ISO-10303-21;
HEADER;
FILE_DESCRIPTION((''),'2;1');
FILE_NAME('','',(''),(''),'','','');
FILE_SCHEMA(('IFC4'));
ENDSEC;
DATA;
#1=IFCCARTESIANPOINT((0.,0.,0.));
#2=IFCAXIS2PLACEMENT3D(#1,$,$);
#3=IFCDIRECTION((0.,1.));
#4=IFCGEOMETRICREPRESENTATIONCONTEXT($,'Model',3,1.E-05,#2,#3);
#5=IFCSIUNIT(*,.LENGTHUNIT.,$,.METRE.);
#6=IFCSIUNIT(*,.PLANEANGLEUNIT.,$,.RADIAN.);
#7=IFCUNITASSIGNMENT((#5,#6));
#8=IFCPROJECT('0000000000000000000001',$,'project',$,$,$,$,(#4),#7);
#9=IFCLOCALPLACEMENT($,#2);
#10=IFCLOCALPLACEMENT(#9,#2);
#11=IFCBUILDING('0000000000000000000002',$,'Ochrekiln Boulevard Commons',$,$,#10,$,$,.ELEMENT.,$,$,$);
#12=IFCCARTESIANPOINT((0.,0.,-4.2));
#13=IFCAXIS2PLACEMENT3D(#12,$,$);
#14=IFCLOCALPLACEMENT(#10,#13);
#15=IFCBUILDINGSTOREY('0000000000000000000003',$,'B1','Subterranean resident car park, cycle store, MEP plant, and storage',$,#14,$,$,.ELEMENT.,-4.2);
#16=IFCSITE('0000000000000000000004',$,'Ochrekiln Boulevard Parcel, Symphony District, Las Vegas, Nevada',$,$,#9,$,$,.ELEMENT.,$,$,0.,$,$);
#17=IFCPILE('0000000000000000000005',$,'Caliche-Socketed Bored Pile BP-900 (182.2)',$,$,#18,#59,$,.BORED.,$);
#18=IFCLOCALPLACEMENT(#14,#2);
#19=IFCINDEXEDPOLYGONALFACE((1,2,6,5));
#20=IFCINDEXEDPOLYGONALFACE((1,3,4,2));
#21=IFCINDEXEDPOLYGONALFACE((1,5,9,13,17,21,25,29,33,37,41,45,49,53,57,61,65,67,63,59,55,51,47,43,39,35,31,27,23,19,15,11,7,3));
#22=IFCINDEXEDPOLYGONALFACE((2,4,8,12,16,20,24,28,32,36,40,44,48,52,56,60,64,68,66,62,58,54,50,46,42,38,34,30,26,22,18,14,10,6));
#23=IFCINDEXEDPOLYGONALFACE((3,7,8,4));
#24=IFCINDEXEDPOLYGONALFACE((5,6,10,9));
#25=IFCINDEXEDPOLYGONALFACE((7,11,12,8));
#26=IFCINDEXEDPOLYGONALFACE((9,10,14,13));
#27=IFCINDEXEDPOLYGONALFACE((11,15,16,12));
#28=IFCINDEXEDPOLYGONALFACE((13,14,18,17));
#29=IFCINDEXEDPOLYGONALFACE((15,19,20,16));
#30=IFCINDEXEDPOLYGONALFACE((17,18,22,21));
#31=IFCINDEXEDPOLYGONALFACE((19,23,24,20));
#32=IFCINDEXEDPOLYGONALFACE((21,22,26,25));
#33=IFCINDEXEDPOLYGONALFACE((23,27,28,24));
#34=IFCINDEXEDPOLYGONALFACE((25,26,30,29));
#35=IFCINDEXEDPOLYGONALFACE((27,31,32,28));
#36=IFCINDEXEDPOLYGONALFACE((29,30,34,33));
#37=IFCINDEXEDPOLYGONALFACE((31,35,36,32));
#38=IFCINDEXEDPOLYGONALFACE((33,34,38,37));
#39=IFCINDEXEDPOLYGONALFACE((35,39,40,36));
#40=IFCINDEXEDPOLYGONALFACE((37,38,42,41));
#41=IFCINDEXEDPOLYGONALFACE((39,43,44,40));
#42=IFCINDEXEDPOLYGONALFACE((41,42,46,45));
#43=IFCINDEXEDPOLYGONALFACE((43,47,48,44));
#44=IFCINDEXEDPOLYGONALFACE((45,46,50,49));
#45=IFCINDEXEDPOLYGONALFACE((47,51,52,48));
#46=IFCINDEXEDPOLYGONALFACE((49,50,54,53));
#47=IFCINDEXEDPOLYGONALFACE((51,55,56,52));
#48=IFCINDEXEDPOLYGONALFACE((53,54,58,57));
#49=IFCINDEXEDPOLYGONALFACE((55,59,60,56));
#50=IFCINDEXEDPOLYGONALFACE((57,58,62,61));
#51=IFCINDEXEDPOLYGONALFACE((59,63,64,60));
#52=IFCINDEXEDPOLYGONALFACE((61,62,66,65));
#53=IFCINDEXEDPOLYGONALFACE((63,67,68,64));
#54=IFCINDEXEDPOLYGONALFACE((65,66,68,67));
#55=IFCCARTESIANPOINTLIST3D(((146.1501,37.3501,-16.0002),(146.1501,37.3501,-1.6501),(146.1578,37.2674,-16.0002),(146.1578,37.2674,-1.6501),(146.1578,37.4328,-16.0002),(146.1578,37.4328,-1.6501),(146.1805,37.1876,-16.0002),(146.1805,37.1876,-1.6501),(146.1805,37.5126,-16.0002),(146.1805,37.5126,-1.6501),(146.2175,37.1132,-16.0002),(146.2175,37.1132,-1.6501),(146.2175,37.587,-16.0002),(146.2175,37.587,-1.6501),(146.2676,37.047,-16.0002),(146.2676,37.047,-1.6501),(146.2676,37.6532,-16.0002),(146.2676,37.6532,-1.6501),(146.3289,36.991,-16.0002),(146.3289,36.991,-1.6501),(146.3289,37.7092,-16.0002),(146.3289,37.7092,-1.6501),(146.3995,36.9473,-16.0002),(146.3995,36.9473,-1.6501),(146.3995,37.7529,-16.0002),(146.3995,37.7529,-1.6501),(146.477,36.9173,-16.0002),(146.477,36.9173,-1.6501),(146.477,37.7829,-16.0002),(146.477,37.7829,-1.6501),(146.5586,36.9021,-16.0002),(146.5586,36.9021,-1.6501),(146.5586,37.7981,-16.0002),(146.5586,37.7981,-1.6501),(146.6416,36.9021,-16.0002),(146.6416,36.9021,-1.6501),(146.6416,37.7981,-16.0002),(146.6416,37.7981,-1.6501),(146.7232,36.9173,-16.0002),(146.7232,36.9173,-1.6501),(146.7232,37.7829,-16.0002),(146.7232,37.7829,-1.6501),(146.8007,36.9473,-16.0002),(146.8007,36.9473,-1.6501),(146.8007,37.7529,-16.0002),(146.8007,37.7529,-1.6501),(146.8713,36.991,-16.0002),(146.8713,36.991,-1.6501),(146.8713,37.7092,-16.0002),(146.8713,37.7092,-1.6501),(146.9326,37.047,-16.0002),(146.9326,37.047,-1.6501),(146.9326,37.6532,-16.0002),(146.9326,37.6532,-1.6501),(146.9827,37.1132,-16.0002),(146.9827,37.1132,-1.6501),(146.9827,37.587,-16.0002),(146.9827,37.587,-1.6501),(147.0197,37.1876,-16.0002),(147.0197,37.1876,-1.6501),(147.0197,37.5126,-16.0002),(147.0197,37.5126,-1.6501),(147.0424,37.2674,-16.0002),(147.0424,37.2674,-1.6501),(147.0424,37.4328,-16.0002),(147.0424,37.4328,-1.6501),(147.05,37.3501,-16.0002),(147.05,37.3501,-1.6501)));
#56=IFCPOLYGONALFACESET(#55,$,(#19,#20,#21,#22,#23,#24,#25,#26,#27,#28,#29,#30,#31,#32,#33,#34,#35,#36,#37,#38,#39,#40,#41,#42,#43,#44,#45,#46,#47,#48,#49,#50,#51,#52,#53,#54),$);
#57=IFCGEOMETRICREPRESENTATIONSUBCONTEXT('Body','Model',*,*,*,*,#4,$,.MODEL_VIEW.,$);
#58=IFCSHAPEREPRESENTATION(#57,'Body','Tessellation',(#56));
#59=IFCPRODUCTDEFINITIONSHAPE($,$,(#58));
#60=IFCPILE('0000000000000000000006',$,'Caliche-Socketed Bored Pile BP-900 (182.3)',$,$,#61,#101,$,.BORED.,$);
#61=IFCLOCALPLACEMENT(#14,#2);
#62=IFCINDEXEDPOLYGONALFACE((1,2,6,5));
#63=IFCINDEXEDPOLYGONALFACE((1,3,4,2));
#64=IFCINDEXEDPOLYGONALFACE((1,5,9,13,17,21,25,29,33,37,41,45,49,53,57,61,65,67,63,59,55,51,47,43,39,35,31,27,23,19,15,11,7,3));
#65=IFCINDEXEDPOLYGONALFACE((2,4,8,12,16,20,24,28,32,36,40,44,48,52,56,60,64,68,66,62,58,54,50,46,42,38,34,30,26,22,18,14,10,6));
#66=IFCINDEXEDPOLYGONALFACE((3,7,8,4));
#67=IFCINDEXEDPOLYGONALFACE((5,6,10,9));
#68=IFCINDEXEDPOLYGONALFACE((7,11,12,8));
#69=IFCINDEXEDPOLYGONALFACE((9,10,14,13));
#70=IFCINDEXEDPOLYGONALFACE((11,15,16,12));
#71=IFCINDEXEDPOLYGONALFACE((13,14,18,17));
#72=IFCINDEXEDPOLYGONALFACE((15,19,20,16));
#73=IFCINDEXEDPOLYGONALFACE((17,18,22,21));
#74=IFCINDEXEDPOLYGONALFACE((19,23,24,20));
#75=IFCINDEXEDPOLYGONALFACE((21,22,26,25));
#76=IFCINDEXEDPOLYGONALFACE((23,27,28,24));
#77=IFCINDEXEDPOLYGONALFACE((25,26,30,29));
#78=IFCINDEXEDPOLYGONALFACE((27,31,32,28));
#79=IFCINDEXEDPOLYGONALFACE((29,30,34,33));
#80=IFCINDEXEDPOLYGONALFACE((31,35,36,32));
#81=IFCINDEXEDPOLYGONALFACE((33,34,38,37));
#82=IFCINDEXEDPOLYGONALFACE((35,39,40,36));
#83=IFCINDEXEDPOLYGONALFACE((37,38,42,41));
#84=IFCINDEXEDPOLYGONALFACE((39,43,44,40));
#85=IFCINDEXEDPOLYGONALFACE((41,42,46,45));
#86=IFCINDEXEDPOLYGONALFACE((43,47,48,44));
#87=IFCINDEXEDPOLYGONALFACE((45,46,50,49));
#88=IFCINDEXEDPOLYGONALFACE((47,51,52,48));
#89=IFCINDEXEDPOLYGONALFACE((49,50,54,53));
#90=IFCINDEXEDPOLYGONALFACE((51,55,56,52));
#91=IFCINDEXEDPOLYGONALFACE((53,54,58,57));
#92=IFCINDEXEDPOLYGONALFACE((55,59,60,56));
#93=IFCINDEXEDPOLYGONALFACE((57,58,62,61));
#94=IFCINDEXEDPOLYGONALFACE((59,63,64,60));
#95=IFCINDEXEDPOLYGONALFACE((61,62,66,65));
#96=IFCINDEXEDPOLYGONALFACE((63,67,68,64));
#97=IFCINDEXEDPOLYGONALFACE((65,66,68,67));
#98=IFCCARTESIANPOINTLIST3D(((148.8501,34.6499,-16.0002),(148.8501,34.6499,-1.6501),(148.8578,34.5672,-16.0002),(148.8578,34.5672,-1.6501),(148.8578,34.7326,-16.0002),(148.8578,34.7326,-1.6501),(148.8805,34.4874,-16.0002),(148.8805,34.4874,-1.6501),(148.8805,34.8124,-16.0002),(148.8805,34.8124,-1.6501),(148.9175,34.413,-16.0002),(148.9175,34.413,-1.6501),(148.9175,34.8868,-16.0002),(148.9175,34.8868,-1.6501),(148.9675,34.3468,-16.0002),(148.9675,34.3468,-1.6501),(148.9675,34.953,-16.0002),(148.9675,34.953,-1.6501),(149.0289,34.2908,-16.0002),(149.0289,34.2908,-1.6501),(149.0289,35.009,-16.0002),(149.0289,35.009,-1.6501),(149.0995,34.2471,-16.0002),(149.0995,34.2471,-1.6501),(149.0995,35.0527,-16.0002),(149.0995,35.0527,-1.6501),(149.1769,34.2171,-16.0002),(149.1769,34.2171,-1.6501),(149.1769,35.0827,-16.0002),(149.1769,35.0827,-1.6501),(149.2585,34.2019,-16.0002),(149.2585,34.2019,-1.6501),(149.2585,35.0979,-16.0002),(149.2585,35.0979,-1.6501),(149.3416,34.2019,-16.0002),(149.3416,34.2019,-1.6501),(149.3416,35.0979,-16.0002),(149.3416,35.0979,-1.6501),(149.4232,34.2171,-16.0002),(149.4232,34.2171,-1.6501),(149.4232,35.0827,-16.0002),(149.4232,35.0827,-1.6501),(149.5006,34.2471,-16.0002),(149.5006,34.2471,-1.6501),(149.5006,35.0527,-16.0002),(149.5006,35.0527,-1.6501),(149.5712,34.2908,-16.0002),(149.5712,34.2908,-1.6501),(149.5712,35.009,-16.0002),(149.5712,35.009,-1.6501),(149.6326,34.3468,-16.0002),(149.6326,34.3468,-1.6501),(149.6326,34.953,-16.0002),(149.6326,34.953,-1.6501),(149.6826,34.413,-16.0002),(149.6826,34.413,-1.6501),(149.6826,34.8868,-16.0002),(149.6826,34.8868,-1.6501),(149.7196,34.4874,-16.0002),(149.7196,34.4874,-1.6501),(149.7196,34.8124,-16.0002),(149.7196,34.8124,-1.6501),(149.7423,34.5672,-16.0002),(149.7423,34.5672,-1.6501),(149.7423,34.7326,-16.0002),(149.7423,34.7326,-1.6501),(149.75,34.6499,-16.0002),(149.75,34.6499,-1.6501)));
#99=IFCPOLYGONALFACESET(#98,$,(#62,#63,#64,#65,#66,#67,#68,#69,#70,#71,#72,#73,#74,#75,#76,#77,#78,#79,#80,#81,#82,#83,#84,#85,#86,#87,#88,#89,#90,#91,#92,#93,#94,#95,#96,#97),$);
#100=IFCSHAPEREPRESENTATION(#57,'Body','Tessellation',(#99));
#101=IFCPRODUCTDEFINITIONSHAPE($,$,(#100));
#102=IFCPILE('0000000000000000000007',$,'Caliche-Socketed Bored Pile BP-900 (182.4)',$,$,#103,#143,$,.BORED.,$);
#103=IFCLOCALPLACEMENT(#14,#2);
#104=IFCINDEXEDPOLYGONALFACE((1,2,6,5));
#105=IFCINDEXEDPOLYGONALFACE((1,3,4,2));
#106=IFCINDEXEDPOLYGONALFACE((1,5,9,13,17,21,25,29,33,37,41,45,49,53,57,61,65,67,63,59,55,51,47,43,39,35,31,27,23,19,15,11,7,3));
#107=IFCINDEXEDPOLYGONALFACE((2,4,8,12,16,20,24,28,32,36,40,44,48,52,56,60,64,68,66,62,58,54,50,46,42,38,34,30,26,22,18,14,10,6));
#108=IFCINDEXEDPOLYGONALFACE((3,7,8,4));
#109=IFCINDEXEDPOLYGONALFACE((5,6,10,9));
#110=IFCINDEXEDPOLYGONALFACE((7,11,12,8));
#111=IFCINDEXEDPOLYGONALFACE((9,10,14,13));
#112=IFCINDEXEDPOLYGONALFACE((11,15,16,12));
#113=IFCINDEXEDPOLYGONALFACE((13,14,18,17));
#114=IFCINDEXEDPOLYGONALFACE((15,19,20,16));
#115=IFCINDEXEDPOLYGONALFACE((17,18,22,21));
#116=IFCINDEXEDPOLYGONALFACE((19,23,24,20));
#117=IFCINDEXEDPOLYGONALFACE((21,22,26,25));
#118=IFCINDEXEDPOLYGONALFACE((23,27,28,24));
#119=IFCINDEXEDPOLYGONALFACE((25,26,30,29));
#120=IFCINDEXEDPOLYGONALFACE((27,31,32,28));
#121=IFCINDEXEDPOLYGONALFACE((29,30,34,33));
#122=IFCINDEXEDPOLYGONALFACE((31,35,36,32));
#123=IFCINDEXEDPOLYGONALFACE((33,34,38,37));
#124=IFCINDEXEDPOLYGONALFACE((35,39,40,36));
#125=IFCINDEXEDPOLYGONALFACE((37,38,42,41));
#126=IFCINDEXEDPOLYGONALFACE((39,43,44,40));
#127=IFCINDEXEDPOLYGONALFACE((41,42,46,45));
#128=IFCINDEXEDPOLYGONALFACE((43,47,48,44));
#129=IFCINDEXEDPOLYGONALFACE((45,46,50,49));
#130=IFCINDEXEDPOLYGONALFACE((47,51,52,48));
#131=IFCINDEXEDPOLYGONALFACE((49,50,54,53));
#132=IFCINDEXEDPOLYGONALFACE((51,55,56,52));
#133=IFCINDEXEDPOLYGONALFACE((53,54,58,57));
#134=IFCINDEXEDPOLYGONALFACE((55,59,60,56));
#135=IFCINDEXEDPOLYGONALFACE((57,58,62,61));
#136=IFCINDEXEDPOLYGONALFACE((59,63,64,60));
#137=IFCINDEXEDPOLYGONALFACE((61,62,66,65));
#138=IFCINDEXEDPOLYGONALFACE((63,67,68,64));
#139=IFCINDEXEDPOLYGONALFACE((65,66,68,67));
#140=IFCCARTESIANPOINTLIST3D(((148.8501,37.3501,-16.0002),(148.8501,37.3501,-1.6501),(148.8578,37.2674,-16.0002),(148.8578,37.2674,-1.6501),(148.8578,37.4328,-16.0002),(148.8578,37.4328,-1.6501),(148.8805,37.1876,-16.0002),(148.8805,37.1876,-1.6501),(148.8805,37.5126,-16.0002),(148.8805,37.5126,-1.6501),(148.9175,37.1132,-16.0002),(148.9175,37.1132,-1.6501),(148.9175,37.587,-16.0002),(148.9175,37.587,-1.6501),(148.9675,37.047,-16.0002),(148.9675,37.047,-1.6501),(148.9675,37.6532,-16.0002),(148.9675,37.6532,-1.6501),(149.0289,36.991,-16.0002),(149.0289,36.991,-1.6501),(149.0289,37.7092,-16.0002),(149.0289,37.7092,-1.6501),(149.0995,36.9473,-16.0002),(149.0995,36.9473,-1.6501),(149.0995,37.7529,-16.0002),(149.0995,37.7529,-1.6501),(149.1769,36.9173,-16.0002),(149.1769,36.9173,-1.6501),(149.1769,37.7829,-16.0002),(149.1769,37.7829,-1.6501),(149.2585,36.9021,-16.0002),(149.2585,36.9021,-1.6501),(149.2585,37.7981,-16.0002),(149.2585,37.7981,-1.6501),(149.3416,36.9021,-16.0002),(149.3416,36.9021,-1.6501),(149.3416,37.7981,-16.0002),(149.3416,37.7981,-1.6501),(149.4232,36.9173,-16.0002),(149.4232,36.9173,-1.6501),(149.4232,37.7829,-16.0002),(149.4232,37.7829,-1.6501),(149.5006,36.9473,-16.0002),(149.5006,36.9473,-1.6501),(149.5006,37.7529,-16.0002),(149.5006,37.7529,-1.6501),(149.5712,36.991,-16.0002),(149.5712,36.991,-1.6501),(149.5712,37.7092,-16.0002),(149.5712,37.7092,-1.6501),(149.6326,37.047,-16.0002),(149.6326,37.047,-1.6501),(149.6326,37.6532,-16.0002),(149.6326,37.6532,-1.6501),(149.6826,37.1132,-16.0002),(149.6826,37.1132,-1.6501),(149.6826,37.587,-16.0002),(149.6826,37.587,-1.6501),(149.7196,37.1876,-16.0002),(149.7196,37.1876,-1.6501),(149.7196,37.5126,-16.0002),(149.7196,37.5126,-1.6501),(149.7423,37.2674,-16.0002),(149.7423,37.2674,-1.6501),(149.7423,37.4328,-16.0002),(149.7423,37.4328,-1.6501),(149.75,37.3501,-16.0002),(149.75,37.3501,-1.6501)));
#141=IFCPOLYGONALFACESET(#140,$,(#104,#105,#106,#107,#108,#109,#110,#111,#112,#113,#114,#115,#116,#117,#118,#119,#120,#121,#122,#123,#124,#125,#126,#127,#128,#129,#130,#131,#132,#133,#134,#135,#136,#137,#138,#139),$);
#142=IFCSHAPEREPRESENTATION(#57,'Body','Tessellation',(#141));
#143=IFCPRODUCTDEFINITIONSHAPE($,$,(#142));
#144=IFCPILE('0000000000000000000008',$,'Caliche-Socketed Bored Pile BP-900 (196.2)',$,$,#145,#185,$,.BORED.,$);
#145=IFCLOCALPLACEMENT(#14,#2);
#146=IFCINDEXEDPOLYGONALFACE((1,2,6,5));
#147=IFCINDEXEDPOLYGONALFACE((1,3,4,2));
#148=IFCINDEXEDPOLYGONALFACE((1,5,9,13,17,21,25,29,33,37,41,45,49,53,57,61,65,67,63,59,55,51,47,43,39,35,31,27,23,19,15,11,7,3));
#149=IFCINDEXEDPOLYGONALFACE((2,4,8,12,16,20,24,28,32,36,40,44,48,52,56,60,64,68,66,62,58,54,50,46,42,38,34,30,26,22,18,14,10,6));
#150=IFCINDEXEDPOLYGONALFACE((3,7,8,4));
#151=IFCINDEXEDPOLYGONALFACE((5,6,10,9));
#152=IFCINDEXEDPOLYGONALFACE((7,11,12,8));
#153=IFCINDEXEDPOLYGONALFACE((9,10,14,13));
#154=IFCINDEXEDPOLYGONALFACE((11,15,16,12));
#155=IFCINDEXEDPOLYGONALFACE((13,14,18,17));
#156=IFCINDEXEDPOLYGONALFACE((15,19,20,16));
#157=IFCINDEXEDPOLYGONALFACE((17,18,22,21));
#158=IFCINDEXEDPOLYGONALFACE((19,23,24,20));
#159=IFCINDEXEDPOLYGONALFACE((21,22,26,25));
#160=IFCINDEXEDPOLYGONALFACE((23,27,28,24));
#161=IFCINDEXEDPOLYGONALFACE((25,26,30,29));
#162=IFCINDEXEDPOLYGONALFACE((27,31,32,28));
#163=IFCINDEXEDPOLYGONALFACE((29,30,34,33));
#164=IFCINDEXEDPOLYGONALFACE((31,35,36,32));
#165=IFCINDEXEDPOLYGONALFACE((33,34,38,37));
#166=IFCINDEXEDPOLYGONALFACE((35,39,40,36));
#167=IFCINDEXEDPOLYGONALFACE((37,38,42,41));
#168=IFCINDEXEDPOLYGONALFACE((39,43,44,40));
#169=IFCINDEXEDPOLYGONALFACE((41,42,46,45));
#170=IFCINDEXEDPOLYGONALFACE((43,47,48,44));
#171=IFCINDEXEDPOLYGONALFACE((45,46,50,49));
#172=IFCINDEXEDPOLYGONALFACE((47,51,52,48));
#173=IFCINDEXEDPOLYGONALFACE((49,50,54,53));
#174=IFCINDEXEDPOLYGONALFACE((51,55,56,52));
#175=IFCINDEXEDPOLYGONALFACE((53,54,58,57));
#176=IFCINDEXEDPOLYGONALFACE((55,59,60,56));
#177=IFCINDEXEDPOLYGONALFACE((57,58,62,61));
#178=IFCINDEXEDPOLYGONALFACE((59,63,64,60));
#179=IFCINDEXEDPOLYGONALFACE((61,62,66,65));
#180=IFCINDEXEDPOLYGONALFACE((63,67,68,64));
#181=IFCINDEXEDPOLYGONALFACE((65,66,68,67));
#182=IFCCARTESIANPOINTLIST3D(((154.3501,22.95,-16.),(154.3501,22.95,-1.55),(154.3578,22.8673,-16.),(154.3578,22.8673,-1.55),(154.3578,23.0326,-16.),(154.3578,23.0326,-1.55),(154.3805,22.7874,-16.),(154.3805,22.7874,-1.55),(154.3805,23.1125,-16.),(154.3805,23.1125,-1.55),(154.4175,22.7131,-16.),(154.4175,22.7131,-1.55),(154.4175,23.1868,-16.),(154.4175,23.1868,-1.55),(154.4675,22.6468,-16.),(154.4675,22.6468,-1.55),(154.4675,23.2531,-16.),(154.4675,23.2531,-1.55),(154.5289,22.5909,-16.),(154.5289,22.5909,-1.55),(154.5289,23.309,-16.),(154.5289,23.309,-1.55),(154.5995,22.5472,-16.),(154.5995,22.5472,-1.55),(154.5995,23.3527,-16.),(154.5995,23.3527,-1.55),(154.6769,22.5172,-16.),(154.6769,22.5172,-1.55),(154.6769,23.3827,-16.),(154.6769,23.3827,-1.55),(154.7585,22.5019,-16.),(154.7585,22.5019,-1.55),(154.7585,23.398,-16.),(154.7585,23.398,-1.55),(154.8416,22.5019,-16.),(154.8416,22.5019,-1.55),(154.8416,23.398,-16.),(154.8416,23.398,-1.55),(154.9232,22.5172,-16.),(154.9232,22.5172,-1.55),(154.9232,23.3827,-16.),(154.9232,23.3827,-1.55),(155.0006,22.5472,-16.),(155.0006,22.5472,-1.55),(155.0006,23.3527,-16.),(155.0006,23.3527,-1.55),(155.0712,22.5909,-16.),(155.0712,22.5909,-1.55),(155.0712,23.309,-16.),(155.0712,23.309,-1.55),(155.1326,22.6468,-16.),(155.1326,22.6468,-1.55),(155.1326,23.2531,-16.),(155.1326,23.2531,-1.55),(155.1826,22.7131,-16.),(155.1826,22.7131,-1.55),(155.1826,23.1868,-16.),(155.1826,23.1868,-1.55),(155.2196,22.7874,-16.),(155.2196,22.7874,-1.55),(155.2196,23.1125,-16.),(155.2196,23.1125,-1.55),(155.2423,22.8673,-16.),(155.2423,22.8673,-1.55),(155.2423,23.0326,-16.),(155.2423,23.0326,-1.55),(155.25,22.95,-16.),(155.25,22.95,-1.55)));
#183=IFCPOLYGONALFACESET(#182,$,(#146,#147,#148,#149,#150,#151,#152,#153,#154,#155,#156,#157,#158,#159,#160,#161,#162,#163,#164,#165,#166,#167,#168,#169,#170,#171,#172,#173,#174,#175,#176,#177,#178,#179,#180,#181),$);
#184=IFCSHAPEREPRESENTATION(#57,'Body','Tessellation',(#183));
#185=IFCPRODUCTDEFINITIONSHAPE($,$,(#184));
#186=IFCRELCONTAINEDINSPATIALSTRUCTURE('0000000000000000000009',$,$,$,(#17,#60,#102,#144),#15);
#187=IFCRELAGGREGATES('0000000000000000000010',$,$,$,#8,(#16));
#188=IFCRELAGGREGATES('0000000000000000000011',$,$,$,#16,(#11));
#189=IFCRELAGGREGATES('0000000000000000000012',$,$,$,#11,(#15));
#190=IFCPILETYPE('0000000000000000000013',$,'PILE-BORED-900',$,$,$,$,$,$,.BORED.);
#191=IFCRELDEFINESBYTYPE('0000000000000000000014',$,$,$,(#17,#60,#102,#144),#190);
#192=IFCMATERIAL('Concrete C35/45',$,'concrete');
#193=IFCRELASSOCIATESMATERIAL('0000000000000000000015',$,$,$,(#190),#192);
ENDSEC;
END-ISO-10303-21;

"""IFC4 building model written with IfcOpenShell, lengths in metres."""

from ifc_helpers import new_model, si_unit, direction, frame, origin, origin_2d, place, context, subcontext, project, spatial, circle, extrude, material, material_profile, profile_set, type_object, element, save


model = new_model("IFC4")

# Units and contexts
model_context = context("Model", 3, precision=1e-05, world=origin(), true_north=direction((0.0, 1.0)))
body_context = subcontext(model_context, "Body", "Model", "MODEL_VIEW")
ifc_project = project(units=[si_unit("LENGTHUNIT", "METRE"), si_unit("PLANEANGLEUNIT", "RADIAN")], contexts=[model_context])

# Site, building, storey
site_placement = place(None, origin())
site = spatial("IfcSite", under=ifc_project, at=site_placement, Name="Ochrekiln Boulevard Parcel, Symphony District, Las Vegas, Nevada", CompositionType="ELEMENT", RefElevation=0.0)
building_placement = place(site_placement, origin())
building = spatial("IfcBuilding", under=site, at=building_placement, Name="Ochrekiln Boulevard Commons", CompositionType="ELEMENT")
storey_placement = place(building_placement, frame((0.0, 0.0, -4.2)))
storey = spatial("IfcBuildingStorey", under=building, at=storey_placement, Name="B1", Description="Subterranean resident car park, cycle store, MEP plant, and storage", CompositionType="ELEMENT", Elevation=-4.2)

# Shared definitions
ifc_material_1 = material(Name="Concrete C35/45", Category="concrete")

# Piles
ifc_material_profile_1 = material_profile(ifc_material_1, circle(Radius=0.45, at=origin_2d()), Name="PILE-D900")
ifc_profile_set_1 = profile_set([ifc_material_profile_1], Name="Concrete C35/45")
pile_type = type_object("IfcPileType", Name="PILE-BORED-900", PredefinedType="BORED", material=ifc_profile_set_1)
for number, where, z_axis, x_axis, name in (
    (1, (146.6001, 37.3501, -1.6501), (0.0, 0.0, -1.0), (1.0, 0.0, 0.0), "Caliche-Socketed Bored Pile BP-900 (182.2)"),
    (2, (149.3, 34.6499, -1.6501), (0.0, 0.0, -1.0), (1.0, 0.0, 0.0), "Caliche-Socketed Bored Pile BP-900 (182.3)"),
    (3, (149.3, 37.3501, -1.6501), (0.0, 0.0, -1.0), (1.0, 0.0, 0.0), "Caliche-Socketed Bored Pile BP-900 (182.4)"),
):
    element("IfcPile", number, at=place(storey_placement, frame(where, z_axis=z_axis, x_axis=x_axis)), inside=storey, type_object=pile_type, Name=name, PredefinedType="BORED", context=body_context, shape_type="SweptSolid", body=[
        extrude(circle(Radius=0.45, at=origin_2d()), origin(), (0.0, 0.0, 1.0), 14.3501),
    ])
for number, where, z_axis, x_axis, name in (
    (4, (154.8, 22.95, -1.55), (0.0, 0.0, -1.0), (1.0, 0.0, 0.0), "Caliche-Socketed Bored Pile BP-900 (196.2)"),
):
    element("IfcPile", number, at=place(storey_placement, frame(where, z_axis=z_axis, x_axis=x_axis)), inside=storey, type_object=pile_type, Name=name, PredefinedType="BORED", context=body_context, shape_type="SweptSolid", body=[
        extrude(circle(Radius=0.45, at=origin_2d()), origin(), (0.0, 0.0, 1.0), 14.45),
    ])

save(model, "model.ifc")
